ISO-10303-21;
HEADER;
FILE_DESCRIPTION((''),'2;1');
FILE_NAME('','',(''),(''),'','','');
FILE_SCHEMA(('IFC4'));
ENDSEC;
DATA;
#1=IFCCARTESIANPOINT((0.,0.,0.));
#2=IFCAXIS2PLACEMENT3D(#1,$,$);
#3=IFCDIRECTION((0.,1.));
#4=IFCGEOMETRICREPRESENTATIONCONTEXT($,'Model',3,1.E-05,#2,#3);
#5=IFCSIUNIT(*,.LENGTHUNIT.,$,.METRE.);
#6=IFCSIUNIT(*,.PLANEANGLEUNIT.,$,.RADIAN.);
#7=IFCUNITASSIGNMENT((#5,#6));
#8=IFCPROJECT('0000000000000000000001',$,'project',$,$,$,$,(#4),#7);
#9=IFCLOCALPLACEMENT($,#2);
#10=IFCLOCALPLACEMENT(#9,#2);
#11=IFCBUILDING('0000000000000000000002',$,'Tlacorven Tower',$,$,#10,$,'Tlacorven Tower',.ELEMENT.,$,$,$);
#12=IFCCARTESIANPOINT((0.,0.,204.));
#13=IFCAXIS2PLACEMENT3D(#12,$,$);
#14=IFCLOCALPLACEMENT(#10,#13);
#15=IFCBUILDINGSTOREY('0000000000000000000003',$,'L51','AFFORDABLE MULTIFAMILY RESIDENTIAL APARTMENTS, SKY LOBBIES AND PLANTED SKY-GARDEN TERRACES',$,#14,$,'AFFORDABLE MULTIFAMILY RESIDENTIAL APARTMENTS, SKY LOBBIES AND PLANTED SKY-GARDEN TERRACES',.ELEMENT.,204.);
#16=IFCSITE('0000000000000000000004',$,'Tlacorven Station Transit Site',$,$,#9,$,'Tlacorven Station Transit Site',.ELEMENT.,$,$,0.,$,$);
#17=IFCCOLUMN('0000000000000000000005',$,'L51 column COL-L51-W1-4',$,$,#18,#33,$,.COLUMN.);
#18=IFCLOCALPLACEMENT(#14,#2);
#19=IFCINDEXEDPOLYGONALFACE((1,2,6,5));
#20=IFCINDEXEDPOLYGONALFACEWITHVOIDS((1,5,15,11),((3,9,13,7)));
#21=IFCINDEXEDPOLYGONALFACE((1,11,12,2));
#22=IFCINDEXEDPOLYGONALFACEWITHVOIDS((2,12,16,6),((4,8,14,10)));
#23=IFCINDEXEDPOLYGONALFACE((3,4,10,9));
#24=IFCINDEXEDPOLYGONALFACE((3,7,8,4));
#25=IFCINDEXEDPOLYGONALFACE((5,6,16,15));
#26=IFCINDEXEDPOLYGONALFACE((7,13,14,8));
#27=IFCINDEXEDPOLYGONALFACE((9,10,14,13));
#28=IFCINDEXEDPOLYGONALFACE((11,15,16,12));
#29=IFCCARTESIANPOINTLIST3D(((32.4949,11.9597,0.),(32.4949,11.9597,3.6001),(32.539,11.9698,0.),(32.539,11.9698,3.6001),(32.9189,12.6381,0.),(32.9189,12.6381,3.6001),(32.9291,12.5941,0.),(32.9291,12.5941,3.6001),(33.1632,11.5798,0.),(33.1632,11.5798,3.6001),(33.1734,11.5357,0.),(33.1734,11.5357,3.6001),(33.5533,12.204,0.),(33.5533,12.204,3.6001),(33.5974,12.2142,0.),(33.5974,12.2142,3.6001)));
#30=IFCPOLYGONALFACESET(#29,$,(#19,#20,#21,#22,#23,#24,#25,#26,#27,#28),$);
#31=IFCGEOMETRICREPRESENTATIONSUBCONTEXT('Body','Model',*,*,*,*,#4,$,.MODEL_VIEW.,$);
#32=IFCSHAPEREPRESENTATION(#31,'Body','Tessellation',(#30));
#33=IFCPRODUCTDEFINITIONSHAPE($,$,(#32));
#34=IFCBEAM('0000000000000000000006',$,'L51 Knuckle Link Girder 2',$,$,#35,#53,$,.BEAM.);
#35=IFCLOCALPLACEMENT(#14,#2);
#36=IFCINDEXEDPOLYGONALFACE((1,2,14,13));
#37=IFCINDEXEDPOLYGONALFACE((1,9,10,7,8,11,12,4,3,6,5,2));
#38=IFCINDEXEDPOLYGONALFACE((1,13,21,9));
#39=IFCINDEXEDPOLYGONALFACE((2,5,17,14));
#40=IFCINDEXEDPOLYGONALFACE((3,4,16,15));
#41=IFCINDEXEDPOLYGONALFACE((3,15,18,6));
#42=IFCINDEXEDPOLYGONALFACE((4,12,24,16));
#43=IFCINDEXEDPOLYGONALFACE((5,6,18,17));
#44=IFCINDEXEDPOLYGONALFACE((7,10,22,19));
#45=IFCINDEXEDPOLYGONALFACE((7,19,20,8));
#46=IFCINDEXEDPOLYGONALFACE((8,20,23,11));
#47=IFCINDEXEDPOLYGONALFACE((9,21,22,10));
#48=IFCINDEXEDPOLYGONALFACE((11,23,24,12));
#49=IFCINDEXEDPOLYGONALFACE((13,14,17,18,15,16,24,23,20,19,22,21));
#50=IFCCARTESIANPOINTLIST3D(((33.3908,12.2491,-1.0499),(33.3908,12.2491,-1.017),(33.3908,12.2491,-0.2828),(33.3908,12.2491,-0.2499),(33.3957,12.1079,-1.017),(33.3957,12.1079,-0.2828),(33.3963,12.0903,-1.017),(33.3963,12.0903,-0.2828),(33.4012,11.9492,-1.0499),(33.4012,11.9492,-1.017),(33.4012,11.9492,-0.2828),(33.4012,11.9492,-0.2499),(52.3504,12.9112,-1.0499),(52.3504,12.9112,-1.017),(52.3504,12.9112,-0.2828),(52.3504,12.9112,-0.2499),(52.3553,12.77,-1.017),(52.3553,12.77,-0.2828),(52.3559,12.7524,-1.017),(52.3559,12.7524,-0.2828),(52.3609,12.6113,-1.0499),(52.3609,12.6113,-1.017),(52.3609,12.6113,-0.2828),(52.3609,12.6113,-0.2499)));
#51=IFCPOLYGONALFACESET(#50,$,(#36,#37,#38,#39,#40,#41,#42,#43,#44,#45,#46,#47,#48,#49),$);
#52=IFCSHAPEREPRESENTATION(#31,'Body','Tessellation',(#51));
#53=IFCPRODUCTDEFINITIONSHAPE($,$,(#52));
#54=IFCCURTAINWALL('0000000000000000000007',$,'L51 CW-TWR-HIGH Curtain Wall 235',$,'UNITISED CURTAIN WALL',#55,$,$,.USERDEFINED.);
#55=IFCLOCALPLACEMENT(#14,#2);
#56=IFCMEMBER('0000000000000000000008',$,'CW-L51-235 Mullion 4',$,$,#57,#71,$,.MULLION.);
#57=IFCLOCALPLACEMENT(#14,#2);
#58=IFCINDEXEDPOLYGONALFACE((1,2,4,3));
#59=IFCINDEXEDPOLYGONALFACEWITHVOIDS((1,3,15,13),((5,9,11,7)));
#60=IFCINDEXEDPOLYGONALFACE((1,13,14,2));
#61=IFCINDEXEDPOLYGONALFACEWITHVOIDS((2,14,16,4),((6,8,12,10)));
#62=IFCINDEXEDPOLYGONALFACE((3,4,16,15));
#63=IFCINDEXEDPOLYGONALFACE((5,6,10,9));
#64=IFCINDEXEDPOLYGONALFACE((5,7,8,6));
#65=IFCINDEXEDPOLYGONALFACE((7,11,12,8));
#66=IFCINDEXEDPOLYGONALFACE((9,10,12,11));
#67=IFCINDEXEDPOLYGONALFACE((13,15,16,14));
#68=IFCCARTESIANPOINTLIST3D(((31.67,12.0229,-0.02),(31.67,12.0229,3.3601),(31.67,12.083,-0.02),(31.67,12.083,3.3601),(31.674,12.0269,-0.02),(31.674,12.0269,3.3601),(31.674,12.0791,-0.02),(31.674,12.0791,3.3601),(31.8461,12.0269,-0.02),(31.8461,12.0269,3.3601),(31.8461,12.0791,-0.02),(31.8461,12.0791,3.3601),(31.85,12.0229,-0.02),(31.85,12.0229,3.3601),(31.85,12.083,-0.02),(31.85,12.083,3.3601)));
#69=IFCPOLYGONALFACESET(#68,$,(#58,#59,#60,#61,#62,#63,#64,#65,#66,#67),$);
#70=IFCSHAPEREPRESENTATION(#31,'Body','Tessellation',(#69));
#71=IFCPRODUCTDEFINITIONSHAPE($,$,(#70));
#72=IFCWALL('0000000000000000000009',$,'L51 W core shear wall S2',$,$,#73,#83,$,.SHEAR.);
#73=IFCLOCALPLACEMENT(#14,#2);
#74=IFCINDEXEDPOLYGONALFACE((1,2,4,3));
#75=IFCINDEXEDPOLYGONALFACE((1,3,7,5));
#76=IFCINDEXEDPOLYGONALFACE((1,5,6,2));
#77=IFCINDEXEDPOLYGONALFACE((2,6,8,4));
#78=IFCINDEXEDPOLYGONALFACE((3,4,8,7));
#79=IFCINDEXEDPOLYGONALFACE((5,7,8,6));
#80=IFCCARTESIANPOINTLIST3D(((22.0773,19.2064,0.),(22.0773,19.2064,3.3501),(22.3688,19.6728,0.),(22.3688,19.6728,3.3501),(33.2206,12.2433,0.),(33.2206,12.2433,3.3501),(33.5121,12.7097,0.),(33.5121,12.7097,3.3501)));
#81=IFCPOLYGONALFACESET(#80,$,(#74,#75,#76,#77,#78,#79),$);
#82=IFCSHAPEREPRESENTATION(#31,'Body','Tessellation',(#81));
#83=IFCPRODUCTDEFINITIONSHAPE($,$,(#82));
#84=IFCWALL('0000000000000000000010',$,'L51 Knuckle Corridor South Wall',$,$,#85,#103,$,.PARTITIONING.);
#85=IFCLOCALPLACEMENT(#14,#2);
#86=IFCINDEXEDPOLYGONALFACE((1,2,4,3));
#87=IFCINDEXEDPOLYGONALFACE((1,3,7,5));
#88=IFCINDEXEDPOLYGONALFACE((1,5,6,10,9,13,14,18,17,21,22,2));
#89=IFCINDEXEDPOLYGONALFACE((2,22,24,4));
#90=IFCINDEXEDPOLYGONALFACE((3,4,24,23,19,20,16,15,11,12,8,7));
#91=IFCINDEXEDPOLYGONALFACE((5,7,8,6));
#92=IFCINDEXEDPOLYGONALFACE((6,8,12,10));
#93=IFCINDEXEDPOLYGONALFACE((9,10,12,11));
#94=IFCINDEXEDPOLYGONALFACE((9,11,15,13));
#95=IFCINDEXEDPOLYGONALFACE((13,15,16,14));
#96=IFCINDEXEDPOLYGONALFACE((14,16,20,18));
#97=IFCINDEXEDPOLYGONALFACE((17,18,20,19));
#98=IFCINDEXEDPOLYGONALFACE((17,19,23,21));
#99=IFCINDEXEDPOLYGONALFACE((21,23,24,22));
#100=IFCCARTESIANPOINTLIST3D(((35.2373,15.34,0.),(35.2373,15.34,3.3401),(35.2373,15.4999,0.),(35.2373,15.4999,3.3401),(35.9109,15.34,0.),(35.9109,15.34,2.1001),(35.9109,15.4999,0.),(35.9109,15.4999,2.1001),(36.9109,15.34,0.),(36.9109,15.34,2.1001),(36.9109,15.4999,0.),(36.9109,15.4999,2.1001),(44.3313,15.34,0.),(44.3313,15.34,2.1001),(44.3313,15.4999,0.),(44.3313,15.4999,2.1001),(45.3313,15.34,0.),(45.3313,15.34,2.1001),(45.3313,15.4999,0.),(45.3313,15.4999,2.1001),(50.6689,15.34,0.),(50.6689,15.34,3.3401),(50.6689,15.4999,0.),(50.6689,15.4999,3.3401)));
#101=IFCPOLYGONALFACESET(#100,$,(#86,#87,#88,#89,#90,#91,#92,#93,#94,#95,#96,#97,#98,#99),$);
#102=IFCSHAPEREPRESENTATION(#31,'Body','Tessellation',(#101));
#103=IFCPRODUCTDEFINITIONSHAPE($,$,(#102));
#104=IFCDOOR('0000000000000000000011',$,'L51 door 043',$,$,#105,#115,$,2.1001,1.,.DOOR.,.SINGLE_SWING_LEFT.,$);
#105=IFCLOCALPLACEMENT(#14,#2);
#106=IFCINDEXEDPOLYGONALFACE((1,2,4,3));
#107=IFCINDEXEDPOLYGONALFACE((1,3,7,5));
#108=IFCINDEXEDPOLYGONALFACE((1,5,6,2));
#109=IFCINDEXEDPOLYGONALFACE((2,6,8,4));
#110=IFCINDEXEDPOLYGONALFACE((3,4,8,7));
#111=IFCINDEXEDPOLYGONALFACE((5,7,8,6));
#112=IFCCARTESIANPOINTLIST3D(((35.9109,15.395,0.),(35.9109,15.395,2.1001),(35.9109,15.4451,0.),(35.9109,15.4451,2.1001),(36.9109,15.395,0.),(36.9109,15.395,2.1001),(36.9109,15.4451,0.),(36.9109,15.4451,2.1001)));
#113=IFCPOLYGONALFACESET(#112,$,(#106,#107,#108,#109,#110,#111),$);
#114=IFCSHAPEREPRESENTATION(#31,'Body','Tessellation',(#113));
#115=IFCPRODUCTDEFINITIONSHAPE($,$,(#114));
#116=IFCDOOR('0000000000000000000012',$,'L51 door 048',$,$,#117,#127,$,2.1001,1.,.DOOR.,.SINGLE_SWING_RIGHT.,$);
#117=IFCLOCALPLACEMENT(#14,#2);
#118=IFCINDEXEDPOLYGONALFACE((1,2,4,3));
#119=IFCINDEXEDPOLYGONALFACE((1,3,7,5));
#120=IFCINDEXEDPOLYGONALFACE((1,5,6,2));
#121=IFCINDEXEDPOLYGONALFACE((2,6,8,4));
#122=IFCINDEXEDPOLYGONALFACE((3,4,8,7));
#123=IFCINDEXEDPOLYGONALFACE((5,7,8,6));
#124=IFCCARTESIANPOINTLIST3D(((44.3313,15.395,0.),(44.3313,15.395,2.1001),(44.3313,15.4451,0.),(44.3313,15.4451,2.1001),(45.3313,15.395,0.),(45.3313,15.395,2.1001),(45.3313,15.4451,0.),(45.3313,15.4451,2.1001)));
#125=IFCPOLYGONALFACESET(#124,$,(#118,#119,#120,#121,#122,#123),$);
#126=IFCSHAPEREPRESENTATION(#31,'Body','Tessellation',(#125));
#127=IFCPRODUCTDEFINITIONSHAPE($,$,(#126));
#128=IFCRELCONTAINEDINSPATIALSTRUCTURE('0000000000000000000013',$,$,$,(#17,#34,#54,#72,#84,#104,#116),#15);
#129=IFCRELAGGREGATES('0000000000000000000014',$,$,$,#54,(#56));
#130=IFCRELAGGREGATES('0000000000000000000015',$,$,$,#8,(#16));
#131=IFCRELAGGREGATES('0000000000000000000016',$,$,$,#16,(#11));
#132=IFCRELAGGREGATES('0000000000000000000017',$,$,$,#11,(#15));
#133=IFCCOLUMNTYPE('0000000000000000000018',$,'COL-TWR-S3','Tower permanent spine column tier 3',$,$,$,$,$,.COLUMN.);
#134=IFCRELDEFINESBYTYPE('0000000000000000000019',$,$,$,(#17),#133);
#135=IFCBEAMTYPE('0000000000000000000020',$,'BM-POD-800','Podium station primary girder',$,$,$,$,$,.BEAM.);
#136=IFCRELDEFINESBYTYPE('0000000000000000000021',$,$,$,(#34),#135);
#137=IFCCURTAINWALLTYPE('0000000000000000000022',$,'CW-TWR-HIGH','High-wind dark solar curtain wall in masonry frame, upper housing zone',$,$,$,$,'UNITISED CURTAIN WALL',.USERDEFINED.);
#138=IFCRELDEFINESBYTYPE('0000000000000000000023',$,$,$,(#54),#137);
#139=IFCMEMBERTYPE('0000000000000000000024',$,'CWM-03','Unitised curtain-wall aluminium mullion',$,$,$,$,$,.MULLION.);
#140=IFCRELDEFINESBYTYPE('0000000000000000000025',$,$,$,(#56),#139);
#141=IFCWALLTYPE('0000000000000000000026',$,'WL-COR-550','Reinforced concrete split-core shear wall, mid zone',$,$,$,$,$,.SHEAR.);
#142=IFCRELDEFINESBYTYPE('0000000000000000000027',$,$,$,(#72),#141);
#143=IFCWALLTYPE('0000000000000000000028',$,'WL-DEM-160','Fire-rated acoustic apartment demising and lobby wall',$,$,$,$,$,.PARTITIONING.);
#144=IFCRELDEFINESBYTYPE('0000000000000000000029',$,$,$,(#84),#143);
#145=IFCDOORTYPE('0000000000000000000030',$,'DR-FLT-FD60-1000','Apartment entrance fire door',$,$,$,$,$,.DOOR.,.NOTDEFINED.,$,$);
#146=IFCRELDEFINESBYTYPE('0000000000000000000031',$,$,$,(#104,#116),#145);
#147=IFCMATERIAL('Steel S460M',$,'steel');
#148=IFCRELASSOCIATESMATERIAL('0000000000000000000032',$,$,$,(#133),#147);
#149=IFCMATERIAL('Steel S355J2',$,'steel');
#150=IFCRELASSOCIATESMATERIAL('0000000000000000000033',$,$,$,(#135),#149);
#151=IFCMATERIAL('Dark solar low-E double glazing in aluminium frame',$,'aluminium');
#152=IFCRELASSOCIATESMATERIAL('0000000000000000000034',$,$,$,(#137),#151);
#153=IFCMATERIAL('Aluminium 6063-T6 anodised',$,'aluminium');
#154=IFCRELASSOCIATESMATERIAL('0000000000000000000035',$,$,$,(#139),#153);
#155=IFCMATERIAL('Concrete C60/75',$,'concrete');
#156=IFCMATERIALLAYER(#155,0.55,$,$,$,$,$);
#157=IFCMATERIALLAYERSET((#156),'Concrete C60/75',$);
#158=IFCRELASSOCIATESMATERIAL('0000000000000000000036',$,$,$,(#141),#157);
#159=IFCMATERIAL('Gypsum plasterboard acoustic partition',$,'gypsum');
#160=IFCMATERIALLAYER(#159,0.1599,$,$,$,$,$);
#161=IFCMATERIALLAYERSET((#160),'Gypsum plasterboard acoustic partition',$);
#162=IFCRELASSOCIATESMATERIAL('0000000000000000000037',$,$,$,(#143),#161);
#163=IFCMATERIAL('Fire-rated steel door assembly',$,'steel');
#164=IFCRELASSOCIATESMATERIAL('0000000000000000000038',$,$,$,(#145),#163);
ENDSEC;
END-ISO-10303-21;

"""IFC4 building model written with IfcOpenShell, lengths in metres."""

from ifc_helpers import new_model, si_unit, direction, frame, frame_2d, origin, origin_2d, place, context, subcontext, project, spatial, rectangle, hollow_rectangle, i_section, extrude, source, transform, mapped, material, layer, layer_set, material_profile, profile_set, type_object, element, fill, aggregate, save


model = new_model("IFC4")

# Units and contexts
model_context = context("Model", 3, precision=1e-05, world=origin(), true_north=direction((0.0, 1.0)))
body_context = subcontext(model_context, "Body", "Model", "MODEL_VIEW")
ifc_project = project(units=[si_unit("LENGTHUNIT", "METRE"), si_unit("PLANEANGLEUNIT", "RADIAN")], contexts=[model_context])

# Site, building, storey
site_placement = place(None, origin())
site = spatial("IfcSite", under=ifc_project, at=site_placement, Name="Tlacorven Station Transit Site", LongName="Tlacorven Station Transit Site", CompositionType="ELEMENT", RefElevation=0.0)
building_placement = place(site_placement, origin())
building = spatial("IfcBuilding", under=site, at=building_placement, Name="Tlacorven Tower", LongName="Tlacorven Tower", CompositionType="ELEMENT")
storey_placement = place(building_placement, frame((0.0, 0.0, 204.0)))
storey = spatial("IfcBuildingStorey", under=building, at=storey_placement, Name="L51", Description="AFFORDABLE MULTIFAMILY RESIDENTIAL APARTMENTS, SKY LOBBIES AND PLANTED SKY-GARDEN TERRACES", LongName="AFFORDABLE MULTIFAMILY RESIDENTIAL APARTMENTS, SKY LOBBIES AND PLANTED SKY-GARDEN TERRACES", CompositionType="ELEMENT", Elevation=204.0)

# Column
ifc_material_1 = material(Name="Steel S460M", Category="steel")
ifc_material_profile_1 = material_profile(ifc_material_1, hollow_rectangle(XDim=0.8, YDim=0.8, WallThickness=0.032, at=origin_2d()), Name="BOX 800X800X32")
ifc_profile_set_1 = profile_set([ifc_material_profile_1], Name="Steel S460M")
column_type = type_object("IfcColumnType", Name="COL-TWR-S3", Description="Tower permanent spine column tier 3", PredefinedType="COLUMN", material=ifc_profile_set_1)
shared_shape_1 = source(origin(), body_context, "Body", "SweptSolid", [
    extrude(hollow_rectangle(XDim=0.8, YDim=0.8, WallThickness=0.032, at=origin_2d()), origin(), (0.0, 0.0, 1.0), 3.6001),
])
column_placement = place(storey_placement, frame((33.0461, 12.0869, 0.0), z_axis=(0.0, 0.0, 1.0), x_axis=(-0.848048, 0.529919, 0.0)))
element("IfcColumn", 1, at=column_placement, inside=storey, type_object=column_type, Name="L51 column COL-L51-W1-4", PredefinedType="COLUMN", context=body_context, shape_type="MappedRepresentation", body=[
    mapped(shared_shape_1, transform((0.0, 0.0, 0.0), scale=1.0)),
])

# Beam
ifc_material_2 = material(Name="Steel S355J2", Category="steel")
ifc_material_profile_2 = material_profile(ifc_material_2, i_section(OverallWidth=0.3, OverallDepth=0.8, WebThickness=0.0176, FlangeThickness=0.033, at=origin_2d()), Name="HEB 800")
ifc_profile_set_2 = profile_set([ifc_material_profile_2], Name="Steel S355J2")
beam_type = type_object("IfcBeamType", Name="BM-POD-800", Description="Podium station primary girder", PredefinedType="BEAM", material=ifc_profile_set_2)
shared_shape_2 = source(origin(), body_context, "Body", "SweptSolid", [
    extrude(i_section(OverallWidth=0.3, OverallDepth=0.8, WebThickness=0.0176, FlangeThickness=0.033, at=origin_2d()), origin(), (0.0, 0.0, 1.0), 18.9712),
])
beam_placement = place(storey_placement, frame((33.396, 12.0991, -0.6499), z_axis=(0.999391, 0.034901, 0.0), x_axis=(-0.034901, 0.999391, 0.0)))
element("IfcBeam", 2, at=beam_placement, inside=storey, type_object=beam_type, Name="L51 Knuckle Link Girder 2", PredefinedType="BEAM", context=body_context, shape_type="MappedRepresentation", body=[
    mapped(shared_shape_2, transform((0.0, 0.0, 0.0), scale=1.0)),
])

# Curtain wall, member
ifc_material_3 = material(Name="Dark solar low-E double glazing in aluminium frame", Category="aluminium")
curtain_wall_type = type_object("IfcCurtainWallType", Name="CW-TWR-HIGH", Description="High-wind dark solar curtain wall in masonry frame, upper housing zone", ElementType="UNITISED CURTAIN WALL", PredefinedType="USERDEFINED", material=ifc_material_3)
curtain_wall_placement = place(storey_placement, origin())
curtain_wall = element("IfcCurtainWall", 3, at=curtain_wall_placement, inside=storey, type_object=curtain_wall_type, Name="L51 CW-TWR-HIGH Curtain Wall 235", ObjectType="UNITISED CURTAIN WALL", PredefinedType="USERDEFINED")
ifc_material_4 = material(Name="Aluminium 6063-T6 anodised", Category="aluminium")
ifc_material_profile_3 = material_profile(ifc_material_4, hollow_rectangle(XDim=0.0601, YDim=0.1799, WallThickness=0.0039, at=origin_2d()), Name="ALU MULLION 60X180")
ifc_profile_set_3 = profile_set([ifc_material_profile_3], Name="Aluminium 6063-T6 anodised")
member_type = type_object("IfcMemberType", Name="CWM-03", Description="Unitised curtain-wall aluminium mullion", PredefinedType="MULLION", material=ifc_profile_set_3)
shared_shape_3 = source(origin(), body_context, "Body", "SweptSolid", [
    extrude(hollow_rectangle(XDim=0.0601, YDim=0.1799, WallThickness=0.0039, at=origin_2d()), origin(), (0.0, 0.0, 1.0), 3.3801),
])
member_placement = place(storey_placement, frame((31.76, 12.053, -0.02), z_axis=(0.0, 0.0, 1.0), x_axis=(0.0, 1.0, 0.0)))
member = element("IfcMember", 4, at=member_placement, type_object=member_type, Name="CW-L51-235 Mullion 4", PredefinedType="MULLION", context=body_context, shape_type="MappedRepresentation", body=[
    mapped(shared_shape_3, transform((0.0, 0.0, 0.0), scale=1.0)),
])
aggregate(curtain_wall, [member])

# Wall
ifc_material_5 = material(Name="Concrete C60/75", Category="concrete")
ifc_layer_1 = layer(ifc_material_5, 0.55)
ifc_layer_set_1 = layer_set([ifc_layer_1], Name="Concrete C60/75")
wall_type_1 = type_object("IfcWallType", Name="WL-COR-550", Description="Reinforced concrete split-core shear wall, mid zone", PredefinedType="SHEAR", material=ifc_layer_set_1)
wall_1_placement = place(storey_placement, frame((33.3662, 12.4766, 0.0), z_axis=(0.0, 0.0, 1.0), x_axis=(-0.848047, 0.52992, 0.0)))
element("IfcWall", 5, at=wall_1_placement, inside=storey, type_object=wall_type_1, Name="L51 W core shear wall S2", PredefinedType="SHEAR", context=body_context, shape_type="SweptSolid", body=[
    extrude(rectangle(XDim=13.1399, YDim=0.55, at=frame_2d((6.5698, 0.0))), origin(), (0.0, 0.0, 1.0), 3.3501),
])

# Wall, openings, doors
ifc_material_6 = material(Name="Gypsum plasterboard acoustic partition", Category="gypsum")
ifc_layer_2 = layer(ifc_material_6, 0.1599)
ifc_layer_set_2 = layer_set([ifc_layer_2], Name="Gypsum plasterboard acoustic partition")
wall_type_2 = type_object("IfcWallType", Name="WL-DEM-160", Description="Fire-rated acoustic apartment demising and lobby wall", PredefinedType="PARTITIONING", material=ifc_layer_set_2)
wall_2_placement = place(storey_placement, frame((35.2373, 15.4199, 0.0), z_axis=(0.0, 0.0, 1.0), x_axis=(1.0, 0.0, 0.0)))
wall_2 = element("IfcWall", 6, at=wall_2_placement, inside=storey, type_object=wall_type_2, Name="L51 Knuckle Corridor South Wall", PredefinedType="PARTITIONING", context=body_context, shape_type="SweptSolid", body=[
    extrude(rectangle(XDim=15.4316, YDim=0.1599, at=frame_2d((7.7158, 0.0))), origin(), (0.0, 0.0, 1.0), 3.3401),
])
opening_1_placement = place(wall_2_placement, frame((0.6736, 0.0, 0.0)))
opening_1 = element("IfcOpeningElement", 7, at=opening_1_placement, cuts=wall_2, PredefinedType="OPENING", context=body_context, shape_type="SweptSolid", body=[
    extrude(rectangle(XDim=1.0, YDim=2.1001, at=frame_2d((0.5, 1.05))), frame((0.0, 0.0898, 0.0), z_axis=(0.0, -1.0, 0.0), x_axis=(1.0, 0.0, 0.0)), (0.0, 0.0, 1.0), 0.1799),
])
opening_2_placement = place(wall_2_placement, frame((9.094, 0.0, 0.0)))
opening_2 = element("IfcOpeningElement", 8, at=opening_2_placement, cuts=wall_2, PredefinedType="OPENING", context=body_context, shape_type="SweptSolid", body=[
    extrude(rectangle(XDim=1.0, YDim=2.1001, at=frame_2d((0.5, 1.05))), frame((0.0, 0.0898, 0.0), z_axis=(0.0, -1.0, 0.0), x_axis=(1.0, 0.0, 0.0)), (0.0, 0.0, 1.0), 0.1799),
])
ifc_material_7 = material(Name="Fire-rated steel door assembly", Category="steel")
door_type_1 = type_object("IfcDoorType", Name="DR-FLT-FD60-1000", Description="Apartment entrance fire door", OperationType="NOTDEFINED", PredefinedType="DOOR", material=ifc_material_7)
shared_shape_4 = source(origin(), body_context, "Body", "SweptSolid", [
    extrude(rectangle(XDim=1.0, YDim=2.1001, at=frame_2d((0.5, 1.05))), frame((0.0, 0.0249, 0.0), z_axis=(0.0, -1.0, 0.0), x_axis=(1.0, 0.0, 0.0)), (0.0, 0.0, 1.0), 0.05),
])
door_1_placement = place(opening_1_placement, frame((1.0, 0.0, 0.0), z_axis=(0.0, 0.0, 1.0), x_axis=(-1.0, 0.0, 0.0)))
door_1 = element("IfcDoor", 9, at=door_1_placement, inside=storey, type_object=door_type_1, Name="L51 door 043", OperationType="SINGLE_SWING_LEFT", OverallHeight=2.1001, OverallWidth=1.0, PredefinedType="DOOR", context=body_context, shape_type="MappedRepresentation", body=[
    mapped(shared_shape_4, transform((0.0, 0.0, 0.0), scale=1.0)),
])
fill(opening_1, door_1)
door_2_placement = place(opening_2_placement, frame((1.0, 0.0, 0.0), z_axis=(0.0, 0.0, 1.0), x_axis=(-1.0, 0.0, 0.0)))
door_2 = element("IfcDoor", 10, at=door_2_placement, inside=storey, type_object=door_type_1, Name="L51 door 048", OperationType="SINGLE_SWING_RIGHT", OverallHeight=2.1001, OverallWidth=1.0, PredefinedType="DOOR", context=body_context, shape_type="MappedRepresentation", body=[
    mapped(shared_shape_4, transform((0.0, 0.0, 0.0), scale=1.0)),
])
fill(opening_2, door_2)

save(model, "model.ifc")
